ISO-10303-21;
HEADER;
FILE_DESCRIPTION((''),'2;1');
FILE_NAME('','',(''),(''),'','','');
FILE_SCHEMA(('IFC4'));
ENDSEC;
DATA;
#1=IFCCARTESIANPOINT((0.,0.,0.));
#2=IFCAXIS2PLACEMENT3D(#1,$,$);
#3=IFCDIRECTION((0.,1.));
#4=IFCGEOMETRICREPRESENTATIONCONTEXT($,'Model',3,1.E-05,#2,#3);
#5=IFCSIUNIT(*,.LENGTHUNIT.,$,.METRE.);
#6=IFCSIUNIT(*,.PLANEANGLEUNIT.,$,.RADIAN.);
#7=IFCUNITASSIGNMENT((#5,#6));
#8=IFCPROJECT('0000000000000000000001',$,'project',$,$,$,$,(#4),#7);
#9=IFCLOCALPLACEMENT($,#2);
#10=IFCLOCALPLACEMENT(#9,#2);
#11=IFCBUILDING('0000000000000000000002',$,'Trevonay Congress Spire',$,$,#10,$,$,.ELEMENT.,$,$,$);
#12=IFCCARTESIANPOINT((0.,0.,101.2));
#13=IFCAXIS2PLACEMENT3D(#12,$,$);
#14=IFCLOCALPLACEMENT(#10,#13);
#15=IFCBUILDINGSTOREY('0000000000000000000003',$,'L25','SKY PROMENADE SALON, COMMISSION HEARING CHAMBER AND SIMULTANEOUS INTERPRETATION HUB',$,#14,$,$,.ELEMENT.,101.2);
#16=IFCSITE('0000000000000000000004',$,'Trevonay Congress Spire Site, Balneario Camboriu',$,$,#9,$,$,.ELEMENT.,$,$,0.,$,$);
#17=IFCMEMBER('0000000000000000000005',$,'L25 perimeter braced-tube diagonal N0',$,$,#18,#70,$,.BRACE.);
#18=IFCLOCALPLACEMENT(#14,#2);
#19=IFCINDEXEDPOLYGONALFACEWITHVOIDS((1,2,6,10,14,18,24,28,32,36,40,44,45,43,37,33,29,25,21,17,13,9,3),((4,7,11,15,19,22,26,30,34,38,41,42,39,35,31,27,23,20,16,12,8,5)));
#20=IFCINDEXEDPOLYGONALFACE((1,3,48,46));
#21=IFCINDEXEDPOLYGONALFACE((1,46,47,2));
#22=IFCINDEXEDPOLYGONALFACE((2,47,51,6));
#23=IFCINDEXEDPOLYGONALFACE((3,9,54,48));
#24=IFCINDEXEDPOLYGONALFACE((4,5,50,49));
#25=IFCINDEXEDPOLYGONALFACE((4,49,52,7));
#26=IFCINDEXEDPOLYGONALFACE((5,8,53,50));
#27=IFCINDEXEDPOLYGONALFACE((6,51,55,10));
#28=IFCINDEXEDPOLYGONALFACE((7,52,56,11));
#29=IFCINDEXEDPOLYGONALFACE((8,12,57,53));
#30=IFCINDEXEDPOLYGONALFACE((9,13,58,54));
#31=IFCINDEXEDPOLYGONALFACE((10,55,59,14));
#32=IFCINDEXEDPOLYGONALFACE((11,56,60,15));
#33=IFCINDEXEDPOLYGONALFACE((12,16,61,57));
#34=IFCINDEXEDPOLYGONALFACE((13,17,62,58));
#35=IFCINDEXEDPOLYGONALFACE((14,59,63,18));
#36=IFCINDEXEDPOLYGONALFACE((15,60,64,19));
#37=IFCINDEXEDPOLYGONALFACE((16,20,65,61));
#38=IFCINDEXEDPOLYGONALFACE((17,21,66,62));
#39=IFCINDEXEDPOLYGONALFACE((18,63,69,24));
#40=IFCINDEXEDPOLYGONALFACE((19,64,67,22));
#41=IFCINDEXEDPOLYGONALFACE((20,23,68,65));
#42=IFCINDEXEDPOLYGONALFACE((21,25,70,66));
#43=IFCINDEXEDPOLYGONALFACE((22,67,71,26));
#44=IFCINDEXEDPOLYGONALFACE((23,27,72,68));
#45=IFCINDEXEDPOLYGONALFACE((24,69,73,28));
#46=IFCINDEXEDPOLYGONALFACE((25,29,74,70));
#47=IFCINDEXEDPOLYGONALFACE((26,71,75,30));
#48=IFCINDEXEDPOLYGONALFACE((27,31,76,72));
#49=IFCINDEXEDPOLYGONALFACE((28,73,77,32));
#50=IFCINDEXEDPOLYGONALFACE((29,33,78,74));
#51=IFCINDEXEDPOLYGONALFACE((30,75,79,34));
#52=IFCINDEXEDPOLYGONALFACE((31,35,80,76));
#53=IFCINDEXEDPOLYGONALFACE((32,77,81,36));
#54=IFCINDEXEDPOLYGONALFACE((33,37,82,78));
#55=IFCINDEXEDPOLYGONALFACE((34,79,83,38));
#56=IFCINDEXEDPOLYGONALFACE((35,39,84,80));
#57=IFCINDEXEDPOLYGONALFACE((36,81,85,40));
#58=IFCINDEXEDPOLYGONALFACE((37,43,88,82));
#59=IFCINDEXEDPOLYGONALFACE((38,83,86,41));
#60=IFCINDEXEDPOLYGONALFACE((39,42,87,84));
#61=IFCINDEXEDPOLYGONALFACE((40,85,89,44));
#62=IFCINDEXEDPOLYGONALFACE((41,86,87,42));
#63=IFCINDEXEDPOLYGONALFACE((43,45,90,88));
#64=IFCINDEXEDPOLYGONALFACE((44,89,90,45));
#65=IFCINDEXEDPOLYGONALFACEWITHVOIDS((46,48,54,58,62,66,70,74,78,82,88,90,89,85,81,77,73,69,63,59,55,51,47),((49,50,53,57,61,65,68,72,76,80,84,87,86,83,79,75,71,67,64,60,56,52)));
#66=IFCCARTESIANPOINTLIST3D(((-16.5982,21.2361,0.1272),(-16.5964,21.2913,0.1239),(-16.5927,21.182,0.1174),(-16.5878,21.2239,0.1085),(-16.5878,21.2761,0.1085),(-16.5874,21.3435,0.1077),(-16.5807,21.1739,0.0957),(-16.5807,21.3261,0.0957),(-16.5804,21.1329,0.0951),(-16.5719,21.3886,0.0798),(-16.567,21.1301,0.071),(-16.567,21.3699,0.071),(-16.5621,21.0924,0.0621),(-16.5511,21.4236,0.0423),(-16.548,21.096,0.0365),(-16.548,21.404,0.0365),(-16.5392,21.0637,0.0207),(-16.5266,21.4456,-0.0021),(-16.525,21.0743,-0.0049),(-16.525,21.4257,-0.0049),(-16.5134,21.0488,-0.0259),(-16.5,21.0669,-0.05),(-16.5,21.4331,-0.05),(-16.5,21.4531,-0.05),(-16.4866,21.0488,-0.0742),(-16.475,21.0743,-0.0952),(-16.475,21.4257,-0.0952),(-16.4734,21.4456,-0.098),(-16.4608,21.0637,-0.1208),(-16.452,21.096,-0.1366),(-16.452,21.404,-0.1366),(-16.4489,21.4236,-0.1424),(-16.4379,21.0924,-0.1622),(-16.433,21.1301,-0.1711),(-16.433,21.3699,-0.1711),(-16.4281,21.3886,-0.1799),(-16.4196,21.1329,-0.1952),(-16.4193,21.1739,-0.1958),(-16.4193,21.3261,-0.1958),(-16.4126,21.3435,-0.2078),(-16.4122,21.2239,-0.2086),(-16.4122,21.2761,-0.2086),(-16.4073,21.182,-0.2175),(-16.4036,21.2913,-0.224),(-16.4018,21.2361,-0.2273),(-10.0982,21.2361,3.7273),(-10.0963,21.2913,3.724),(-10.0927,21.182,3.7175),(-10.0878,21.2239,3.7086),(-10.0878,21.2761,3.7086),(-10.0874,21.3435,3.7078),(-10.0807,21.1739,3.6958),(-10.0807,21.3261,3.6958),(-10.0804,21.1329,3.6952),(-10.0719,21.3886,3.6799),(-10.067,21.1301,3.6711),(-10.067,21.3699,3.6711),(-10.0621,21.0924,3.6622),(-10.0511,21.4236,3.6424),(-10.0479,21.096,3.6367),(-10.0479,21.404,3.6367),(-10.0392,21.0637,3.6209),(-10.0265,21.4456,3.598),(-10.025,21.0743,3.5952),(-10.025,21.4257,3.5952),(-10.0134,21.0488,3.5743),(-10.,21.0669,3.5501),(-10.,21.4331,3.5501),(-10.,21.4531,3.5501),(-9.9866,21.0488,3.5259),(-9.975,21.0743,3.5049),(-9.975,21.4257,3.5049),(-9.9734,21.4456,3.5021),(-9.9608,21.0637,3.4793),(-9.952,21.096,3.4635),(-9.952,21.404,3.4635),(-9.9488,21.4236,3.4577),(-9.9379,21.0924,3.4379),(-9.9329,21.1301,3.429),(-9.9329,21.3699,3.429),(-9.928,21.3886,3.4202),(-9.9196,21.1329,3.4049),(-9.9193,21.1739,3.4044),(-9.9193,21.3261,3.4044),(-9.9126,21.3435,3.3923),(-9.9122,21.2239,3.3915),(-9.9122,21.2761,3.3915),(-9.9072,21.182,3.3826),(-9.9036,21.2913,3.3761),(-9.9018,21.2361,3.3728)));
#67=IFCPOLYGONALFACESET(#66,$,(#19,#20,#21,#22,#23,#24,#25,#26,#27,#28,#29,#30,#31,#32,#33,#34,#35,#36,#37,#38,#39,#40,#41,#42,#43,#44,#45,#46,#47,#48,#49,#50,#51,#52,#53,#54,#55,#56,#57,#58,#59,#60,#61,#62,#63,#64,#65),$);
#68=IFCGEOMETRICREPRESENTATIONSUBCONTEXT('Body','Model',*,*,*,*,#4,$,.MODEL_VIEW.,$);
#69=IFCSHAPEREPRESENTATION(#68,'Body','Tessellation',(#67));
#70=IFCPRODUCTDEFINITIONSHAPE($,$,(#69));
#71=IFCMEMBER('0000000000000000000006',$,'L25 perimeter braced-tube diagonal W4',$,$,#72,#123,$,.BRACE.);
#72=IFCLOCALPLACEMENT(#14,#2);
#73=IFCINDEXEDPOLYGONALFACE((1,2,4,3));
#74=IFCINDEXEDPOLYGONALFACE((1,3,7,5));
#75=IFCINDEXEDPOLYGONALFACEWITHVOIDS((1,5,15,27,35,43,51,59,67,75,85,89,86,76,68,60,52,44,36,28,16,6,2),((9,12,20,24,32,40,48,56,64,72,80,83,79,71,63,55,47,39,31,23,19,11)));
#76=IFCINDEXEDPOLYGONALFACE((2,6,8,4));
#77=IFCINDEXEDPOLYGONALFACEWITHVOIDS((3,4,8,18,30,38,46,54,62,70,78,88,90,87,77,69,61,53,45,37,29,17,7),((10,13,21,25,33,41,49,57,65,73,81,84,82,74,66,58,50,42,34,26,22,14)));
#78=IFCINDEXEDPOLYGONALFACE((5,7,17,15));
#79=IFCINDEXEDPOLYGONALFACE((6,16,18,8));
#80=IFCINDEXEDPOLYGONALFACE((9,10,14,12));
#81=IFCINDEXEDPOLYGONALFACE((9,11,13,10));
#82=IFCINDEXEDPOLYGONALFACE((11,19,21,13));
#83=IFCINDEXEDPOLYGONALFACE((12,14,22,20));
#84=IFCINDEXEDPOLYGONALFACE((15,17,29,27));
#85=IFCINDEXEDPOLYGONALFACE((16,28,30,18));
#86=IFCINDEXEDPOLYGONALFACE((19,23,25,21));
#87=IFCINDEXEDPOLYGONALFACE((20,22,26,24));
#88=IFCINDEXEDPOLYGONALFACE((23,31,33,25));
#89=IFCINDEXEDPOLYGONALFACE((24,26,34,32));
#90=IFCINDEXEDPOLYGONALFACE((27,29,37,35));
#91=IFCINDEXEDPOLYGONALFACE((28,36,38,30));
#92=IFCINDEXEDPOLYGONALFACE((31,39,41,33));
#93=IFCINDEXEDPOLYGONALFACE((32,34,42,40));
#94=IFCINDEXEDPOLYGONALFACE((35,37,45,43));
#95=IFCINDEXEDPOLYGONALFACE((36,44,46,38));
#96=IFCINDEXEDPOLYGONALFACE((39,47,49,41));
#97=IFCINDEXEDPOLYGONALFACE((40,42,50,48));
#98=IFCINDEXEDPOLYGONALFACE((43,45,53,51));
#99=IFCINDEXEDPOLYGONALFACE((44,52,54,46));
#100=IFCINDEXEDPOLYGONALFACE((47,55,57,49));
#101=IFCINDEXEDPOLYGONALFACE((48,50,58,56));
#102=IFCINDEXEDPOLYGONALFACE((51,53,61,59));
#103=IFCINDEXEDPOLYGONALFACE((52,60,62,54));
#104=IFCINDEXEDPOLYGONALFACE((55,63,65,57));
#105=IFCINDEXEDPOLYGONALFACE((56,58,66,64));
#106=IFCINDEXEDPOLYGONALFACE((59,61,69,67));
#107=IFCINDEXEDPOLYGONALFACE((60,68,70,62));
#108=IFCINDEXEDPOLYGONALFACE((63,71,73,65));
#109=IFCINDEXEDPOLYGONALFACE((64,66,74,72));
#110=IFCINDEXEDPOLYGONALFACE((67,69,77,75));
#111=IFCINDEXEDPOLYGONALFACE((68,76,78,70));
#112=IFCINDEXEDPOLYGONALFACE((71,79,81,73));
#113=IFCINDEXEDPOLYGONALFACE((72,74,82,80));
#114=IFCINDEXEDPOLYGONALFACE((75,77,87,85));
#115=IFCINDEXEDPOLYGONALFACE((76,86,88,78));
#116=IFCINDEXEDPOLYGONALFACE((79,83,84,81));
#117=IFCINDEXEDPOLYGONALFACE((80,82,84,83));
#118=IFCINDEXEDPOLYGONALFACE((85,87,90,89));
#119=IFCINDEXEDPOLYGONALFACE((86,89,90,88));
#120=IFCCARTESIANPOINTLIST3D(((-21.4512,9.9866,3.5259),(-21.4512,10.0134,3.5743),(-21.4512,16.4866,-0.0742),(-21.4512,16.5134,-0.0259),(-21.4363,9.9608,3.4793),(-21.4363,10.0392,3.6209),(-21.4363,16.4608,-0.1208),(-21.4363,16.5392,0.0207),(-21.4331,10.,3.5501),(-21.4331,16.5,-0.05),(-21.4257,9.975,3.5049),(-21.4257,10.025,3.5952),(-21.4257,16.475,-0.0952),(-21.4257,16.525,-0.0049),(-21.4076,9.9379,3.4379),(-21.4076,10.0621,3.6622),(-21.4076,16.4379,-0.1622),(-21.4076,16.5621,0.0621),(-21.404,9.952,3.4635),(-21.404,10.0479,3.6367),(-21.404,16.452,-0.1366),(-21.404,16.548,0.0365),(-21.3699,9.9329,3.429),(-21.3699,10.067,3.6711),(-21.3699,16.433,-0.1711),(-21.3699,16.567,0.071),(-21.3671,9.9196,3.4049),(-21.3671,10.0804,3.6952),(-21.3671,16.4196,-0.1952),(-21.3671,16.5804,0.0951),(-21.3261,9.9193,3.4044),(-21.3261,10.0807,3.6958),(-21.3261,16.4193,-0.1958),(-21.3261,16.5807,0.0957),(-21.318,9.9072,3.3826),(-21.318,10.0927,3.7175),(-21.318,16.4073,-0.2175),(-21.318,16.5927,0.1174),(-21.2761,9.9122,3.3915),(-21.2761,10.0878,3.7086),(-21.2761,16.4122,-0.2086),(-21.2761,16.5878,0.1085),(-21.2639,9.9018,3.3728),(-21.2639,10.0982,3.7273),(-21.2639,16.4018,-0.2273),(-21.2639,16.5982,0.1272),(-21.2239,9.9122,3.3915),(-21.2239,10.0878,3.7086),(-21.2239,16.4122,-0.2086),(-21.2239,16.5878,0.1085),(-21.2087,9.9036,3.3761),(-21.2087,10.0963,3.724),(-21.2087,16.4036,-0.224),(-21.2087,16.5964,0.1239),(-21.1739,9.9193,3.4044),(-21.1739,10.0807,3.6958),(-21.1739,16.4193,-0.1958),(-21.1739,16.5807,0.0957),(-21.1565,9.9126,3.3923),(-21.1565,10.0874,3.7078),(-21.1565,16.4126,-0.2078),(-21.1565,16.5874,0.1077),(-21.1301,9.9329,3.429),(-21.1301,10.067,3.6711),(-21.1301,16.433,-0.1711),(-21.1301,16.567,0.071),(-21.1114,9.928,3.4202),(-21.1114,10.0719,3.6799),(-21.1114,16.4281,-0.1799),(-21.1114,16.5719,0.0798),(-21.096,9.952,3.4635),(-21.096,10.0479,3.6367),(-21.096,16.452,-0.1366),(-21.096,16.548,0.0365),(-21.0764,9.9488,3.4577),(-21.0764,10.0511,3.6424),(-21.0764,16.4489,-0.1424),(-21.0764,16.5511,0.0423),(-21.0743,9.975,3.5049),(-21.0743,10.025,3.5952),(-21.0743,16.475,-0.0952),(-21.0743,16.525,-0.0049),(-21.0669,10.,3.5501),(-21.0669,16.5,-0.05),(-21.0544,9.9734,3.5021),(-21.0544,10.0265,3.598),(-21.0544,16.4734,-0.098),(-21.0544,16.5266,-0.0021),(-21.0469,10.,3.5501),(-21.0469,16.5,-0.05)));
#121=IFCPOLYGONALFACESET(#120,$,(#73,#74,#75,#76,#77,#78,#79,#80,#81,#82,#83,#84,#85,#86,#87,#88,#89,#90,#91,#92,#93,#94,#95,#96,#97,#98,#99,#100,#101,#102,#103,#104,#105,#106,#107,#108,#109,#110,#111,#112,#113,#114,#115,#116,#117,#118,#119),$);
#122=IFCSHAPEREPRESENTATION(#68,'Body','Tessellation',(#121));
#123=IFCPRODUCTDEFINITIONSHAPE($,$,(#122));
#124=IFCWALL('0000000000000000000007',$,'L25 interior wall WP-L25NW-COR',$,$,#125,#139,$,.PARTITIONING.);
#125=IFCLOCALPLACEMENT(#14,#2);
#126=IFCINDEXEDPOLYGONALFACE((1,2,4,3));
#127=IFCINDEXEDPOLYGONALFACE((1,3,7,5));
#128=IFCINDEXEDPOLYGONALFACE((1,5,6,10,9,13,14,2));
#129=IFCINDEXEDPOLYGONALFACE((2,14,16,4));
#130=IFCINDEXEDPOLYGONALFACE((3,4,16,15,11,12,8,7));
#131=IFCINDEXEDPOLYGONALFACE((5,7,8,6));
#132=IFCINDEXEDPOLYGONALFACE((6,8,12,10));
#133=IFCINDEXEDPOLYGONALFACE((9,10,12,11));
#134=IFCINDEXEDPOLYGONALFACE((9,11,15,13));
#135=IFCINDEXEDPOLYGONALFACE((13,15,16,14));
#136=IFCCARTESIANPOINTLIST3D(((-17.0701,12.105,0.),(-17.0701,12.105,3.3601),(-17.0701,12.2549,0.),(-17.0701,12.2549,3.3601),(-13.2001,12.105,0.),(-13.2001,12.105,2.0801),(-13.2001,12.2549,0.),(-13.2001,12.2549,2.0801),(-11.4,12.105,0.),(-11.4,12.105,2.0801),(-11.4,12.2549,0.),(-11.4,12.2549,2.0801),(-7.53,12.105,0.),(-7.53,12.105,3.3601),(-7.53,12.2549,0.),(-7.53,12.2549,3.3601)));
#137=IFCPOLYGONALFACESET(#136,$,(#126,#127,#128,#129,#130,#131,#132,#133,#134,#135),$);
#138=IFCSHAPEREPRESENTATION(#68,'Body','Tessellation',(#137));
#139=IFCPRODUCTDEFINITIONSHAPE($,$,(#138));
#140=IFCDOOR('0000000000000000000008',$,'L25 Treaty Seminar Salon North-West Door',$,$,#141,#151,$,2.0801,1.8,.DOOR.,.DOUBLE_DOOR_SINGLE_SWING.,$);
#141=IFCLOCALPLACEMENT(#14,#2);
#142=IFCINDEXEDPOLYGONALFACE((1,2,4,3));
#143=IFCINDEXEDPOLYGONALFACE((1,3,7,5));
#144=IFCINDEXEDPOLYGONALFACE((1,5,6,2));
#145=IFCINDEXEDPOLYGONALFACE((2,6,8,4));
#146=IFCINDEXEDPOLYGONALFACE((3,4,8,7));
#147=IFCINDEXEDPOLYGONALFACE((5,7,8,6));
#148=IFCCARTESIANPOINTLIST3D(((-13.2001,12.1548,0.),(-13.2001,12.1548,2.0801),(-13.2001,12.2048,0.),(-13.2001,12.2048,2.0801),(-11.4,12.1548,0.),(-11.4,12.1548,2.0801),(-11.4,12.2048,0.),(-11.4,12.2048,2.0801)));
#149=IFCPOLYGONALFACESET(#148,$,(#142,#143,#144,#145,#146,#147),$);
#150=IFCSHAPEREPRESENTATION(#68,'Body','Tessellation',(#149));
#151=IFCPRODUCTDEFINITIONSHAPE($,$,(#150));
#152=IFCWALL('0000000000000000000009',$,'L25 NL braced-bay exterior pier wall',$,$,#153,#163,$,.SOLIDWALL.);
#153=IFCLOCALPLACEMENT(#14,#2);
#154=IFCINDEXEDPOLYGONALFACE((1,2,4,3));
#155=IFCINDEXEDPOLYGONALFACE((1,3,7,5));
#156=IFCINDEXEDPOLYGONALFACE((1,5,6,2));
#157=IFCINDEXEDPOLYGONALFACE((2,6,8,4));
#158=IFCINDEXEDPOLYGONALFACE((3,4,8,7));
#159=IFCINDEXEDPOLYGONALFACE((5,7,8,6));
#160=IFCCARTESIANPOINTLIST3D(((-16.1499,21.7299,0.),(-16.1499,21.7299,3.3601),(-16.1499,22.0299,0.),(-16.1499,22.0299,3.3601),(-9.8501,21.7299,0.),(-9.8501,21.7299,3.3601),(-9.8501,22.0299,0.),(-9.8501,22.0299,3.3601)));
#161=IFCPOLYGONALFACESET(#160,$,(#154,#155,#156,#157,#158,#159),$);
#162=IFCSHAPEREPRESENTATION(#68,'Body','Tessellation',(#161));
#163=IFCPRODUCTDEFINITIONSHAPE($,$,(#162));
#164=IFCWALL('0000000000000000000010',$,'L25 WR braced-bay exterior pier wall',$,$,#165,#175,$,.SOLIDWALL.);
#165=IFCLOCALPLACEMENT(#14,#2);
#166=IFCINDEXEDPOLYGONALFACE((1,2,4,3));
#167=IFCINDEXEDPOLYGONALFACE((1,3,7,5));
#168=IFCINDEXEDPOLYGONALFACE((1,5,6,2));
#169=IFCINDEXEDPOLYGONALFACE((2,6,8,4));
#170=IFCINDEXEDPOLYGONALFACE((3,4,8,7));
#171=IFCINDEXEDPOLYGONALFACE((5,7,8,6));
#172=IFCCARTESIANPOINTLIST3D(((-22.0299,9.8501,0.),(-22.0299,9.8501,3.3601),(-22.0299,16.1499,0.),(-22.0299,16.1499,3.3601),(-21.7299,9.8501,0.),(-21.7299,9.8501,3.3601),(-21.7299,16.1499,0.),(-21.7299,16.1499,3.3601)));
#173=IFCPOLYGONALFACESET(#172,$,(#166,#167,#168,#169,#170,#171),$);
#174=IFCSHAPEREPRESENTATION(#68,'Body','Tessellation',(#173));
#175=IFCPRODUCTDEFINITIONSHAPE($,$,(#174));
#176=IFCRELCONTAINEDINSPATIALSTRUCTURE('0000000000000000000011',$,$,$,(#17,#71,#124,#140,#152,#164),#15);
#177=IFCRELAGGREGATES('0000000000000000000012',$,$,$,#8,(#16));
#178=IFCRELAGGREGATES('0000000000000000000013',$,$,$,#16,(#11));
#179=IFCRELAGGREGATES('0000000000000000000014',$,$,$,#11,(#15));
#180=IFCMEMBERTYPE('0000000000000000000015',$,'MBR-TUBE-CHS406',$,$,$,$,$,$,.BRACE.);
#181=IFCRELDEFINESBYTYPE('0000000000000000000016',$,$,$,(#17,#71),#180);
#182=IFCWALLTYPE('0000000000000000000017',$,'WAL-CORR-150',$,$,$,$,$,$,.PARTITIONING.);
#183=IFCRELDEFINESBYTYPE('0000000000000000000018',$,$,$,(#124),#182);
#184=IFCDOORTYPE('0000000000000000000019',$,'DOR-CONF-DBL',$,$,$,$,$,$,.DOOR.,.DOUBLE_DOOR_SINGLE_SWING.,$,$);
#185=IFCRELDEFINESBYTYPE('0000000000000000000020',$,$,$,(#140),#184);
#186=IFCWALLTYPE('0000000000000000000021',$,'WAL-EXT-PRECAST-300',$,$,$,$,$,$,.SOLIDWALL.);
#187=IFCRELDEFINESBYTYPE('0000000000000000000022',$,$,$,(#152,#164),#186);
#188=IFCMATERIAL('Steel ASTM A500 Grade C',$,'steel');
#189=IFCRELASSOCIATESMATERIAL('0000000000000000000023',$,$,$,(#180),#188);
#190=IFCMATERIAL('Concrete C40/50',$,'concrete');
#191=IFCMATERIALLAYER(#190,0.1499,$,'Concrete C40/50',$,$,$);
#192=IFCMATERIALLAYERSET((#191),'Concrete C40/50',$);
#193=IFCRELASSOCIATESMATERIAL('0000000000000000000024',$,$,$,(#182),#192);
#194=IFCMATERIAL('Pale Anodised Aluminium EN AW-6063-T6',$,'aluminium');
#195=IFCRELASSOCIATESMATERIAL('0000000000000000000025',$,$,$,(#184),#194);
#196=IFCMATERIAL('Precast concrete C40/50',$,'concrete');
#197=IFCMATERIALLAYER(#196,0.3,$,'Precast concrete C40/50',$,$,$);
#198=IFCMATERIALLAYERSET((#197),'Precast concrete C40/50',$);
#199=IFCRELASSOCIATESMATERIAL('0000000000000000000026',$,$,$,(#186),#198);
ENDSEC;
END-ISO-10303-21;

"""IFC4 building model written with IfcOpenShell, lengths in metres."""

from ifc_helpers import new_model, si_unit, direction, frame, frame_2d, origin, origin_2d, place, context, subcontext, project, spatial, rectangle, hollow_circle, extrude, material, layer, layer_set, material_profile, profile_set, type_object, element, fill, save


model = new_model("IFC4")

# Units and contexts
model_context = context("Model", 3, precision=1e-05, world=origin(), true_north=direction((0.0, 1.0)))
body_context = subcontext(model_context, "Body", "Model", "MODEL_VIEW")
ifc_project = project(units=[si_unit("LENGTHUNIT", "METRE"), si_unit("PLANEANGLEUNIT", "RADIAN")], contexts=[model_context])

# Site, building, storey
site_placement = place(None, origin())
site = spatial("IfcSite", under=ifc_project, at=site_placement, Name="Trevonay Congress Spire Site, Balneario Camboriu", CompositionType="ELEMENT", RefElevation=0.0)
building_placement = place(site_placement, origin())
building = spatial("IfcBuilding", under=site, at=building_placement, Name="Trevonay Congress Spire", CompositionType="ELEMENT")
storey_placement = place(building_placement, frame((0.0, 0.0, 101.2)))
storey = spatial("IfcBuildingStorey", under=building, at=storey_placement, Name="L25", Description="SKY PROMENADE SALON, COMMISSION HEARING CHAMBER AND SIMULTANEOUS INTERPRETATION HUB", CompositionType="ELEMENT", Elevation=101.2)

# Shared definitions
ifc_material_1 = material(Name="Pale Anodised Aluminium EN AW-6063-T6", Category="aluminium")

# Members
ifc_material_2 = material(Name="Steel ASTM A500 Grade C", Category="steel")
ifc_material_profile_1 = material_profile(ifc_material_2, hollow_circle(Radius=0.2031, WallThickness=0.02, at=origin_2d()), Name="CHS 406.4x20")
ifc_profile_set_1 = profile_set([ifc_material_profile_1], Name="Steel ASTM A500 Grade C")
member_type_1 = type_object("IfcMemberType", Name="MBR-TUBE-CHS406", PredefinedType="BRACE", material=ifc_profile_set_1)
for number, where, z_axis, x_axis, name in (
    (1, (-16.5, 21.25, -0.05), (0.874786, 0.0, 0.48451), (0.0, 1.0, 0.0), "L25 perimeter braced-tube diagonal N0"),
    (2, (-21.25, 16.5, -0.05), (0.0, -0.874786, 0.48451), (1.0, 0.0, 0.0), "L25 perimeter braced-tube diagonal W4"),
):
    element("IfcMember", number, at=place(storey_placement, frame(where, z_axis=z_axis, x_axis=x_axis)), inside=storey, type_object=member_type_1, Name=name, PredefinedType="BRACE", context=body_context, shape_type="SweptSolid", body=[
        extrude(hollow_circle(Radius=0.2031, WallThickness=0.02, at=origin_2d()), origin(), (0.0, 0.0, 1.0), 7.4304),
    ])

# Wall, opening, door
ifc_material_3 = material(Name="Concrete C40/50", Category="concrete")
ifc_layer_1 = layer(ifc_material_3, 0.1499, Name="Concrete C40/50")
ifc_layer_set_1 = layer_set([ifc_layer_1], Name="Concrete C40/50")
wall_type_1 = type_object("IfcWallType", Name="WAL-CORR-150", PredefinedType="PARTITIONING", material=ifc_layer_set_1)
wall_1_placement = place(storey_placement, frame((-17.0701, 12.1799, 0.0), z_axis=(0.0, 0.0, 1.0), x_axis=(1.0, 0.0, 0.0)))
wall_1 = element("IfcWall", 3, at=wall_1_placement, inside=storey, type_object=wall_type_1, Name="L25 interior wall WP-L25NW-COR", PredefinedType="PARTITIONING", context=body_context, shape_type="SweptSolid", body=[
    extrude(rectangle(XDim=9.54, YDim=0.1499, at=frame_2d((4.77, 0.0))), origin(), (0.0, 0.0, 1.0), 3.3601),
])
opening_1_placement = place(wall_1_placement, frame((3.8701, 0.0, 0.0)))
opening_1 = element("IfcOpeningElement", 4, at=opening_1_placement, cuts=wall_1, PredefinedType="OPENING", context=body_context, shape_type="SweptSolid", body=[
    extrude(rectangle(XDim=1.8, YDim=2.0801, at=frame_2d((0.8999, 1.04))), frame((0.0, 0.085, 0.0), z_axis=(0.0, -1.0, 0.0), x_axis=(1.0, 0.0, 0.0)), (0.0, 0.0, 1.0), 0.1699),
])
door_type = type_object("IfcDoorType", Name="DOR-CONF-DBL", OperationType="DOUBLE_DOOR_SINGLE_SWING", PredefinedType="DOOR", material=ifc_material_1)
door_placement = place(opening_1_placement, origin())
door = element("IfcDoor", 5, at=door_placement, inside=storey, type_object=door_type, Name="L25 Treaty Seminar Salon North-West Door", OperationType="DOUBLE_DOOR_SINGLE_SWING", OverallHeight=2.0801, OverallWidth=1.8, PredefinedType="DOOR", context=body_context, shape_type="SweptSolid", body=[
    extrude(rectangle(XDim=1.8, YDim=2.0801, at=frame_2d((0.8999, 1.04))), frame((0.0, 0.0249, 0.0), z_axis=(0.0, -1.0, 0.0), x_axis=(1.0, 0.0, 0.0)), (0.0, 0.0, 1.0), 0.05),
])
fill(opening_1, door)

# Walls
ifc_material_4 = material(Name="Precast concrete C40/50", Category="concrete")
ifc_layer_2 = layer(ifc_material_4, 0.3, Name="Precast concrete C40/50")
ifc_layer_set_2 = layer_set([ifc_layer_2], Name="Precast concrete C40/50")
wall_type_2 = type_object("IfcWallType", Name="WAL-EXT-PRECAST-300", PredefinedType="SOLIDWALL", material=ifc_layer_set_2)
for number, where, z_axis, x_axis, name in (
    (6, (-16.1499, 21.8799, 0.0), (0.0, 0.0, 1.0), (1.0, 0.0, 0.0), "L25 NL braced-bay exterior pier wall"),
    (7, (-21.8799, 9.8501, 0.0), (0.0, 0.0, 1.0), (0.0, 1.0, 0.0), "L25 WR braced-bay exterior pier wall"),
):
    element("IfcWall", number, at=place(storey_placement, frame(where, z_axis=z_axis, x_axis=x_axis)), inside=storey, type_object=wall_type_2, Name=name, PredefinedType="SOLIDWALL", context=body_context, shape_type="SweptSolid", body=[
        extrude(rectangle(XDim=6.2998, YDim=0.3, at=frame_2d((3.1499, 0.0))), origin(), (0.0, 0.0, 1.0), 3.3601),
    ])

save(model, "model.ifc")
